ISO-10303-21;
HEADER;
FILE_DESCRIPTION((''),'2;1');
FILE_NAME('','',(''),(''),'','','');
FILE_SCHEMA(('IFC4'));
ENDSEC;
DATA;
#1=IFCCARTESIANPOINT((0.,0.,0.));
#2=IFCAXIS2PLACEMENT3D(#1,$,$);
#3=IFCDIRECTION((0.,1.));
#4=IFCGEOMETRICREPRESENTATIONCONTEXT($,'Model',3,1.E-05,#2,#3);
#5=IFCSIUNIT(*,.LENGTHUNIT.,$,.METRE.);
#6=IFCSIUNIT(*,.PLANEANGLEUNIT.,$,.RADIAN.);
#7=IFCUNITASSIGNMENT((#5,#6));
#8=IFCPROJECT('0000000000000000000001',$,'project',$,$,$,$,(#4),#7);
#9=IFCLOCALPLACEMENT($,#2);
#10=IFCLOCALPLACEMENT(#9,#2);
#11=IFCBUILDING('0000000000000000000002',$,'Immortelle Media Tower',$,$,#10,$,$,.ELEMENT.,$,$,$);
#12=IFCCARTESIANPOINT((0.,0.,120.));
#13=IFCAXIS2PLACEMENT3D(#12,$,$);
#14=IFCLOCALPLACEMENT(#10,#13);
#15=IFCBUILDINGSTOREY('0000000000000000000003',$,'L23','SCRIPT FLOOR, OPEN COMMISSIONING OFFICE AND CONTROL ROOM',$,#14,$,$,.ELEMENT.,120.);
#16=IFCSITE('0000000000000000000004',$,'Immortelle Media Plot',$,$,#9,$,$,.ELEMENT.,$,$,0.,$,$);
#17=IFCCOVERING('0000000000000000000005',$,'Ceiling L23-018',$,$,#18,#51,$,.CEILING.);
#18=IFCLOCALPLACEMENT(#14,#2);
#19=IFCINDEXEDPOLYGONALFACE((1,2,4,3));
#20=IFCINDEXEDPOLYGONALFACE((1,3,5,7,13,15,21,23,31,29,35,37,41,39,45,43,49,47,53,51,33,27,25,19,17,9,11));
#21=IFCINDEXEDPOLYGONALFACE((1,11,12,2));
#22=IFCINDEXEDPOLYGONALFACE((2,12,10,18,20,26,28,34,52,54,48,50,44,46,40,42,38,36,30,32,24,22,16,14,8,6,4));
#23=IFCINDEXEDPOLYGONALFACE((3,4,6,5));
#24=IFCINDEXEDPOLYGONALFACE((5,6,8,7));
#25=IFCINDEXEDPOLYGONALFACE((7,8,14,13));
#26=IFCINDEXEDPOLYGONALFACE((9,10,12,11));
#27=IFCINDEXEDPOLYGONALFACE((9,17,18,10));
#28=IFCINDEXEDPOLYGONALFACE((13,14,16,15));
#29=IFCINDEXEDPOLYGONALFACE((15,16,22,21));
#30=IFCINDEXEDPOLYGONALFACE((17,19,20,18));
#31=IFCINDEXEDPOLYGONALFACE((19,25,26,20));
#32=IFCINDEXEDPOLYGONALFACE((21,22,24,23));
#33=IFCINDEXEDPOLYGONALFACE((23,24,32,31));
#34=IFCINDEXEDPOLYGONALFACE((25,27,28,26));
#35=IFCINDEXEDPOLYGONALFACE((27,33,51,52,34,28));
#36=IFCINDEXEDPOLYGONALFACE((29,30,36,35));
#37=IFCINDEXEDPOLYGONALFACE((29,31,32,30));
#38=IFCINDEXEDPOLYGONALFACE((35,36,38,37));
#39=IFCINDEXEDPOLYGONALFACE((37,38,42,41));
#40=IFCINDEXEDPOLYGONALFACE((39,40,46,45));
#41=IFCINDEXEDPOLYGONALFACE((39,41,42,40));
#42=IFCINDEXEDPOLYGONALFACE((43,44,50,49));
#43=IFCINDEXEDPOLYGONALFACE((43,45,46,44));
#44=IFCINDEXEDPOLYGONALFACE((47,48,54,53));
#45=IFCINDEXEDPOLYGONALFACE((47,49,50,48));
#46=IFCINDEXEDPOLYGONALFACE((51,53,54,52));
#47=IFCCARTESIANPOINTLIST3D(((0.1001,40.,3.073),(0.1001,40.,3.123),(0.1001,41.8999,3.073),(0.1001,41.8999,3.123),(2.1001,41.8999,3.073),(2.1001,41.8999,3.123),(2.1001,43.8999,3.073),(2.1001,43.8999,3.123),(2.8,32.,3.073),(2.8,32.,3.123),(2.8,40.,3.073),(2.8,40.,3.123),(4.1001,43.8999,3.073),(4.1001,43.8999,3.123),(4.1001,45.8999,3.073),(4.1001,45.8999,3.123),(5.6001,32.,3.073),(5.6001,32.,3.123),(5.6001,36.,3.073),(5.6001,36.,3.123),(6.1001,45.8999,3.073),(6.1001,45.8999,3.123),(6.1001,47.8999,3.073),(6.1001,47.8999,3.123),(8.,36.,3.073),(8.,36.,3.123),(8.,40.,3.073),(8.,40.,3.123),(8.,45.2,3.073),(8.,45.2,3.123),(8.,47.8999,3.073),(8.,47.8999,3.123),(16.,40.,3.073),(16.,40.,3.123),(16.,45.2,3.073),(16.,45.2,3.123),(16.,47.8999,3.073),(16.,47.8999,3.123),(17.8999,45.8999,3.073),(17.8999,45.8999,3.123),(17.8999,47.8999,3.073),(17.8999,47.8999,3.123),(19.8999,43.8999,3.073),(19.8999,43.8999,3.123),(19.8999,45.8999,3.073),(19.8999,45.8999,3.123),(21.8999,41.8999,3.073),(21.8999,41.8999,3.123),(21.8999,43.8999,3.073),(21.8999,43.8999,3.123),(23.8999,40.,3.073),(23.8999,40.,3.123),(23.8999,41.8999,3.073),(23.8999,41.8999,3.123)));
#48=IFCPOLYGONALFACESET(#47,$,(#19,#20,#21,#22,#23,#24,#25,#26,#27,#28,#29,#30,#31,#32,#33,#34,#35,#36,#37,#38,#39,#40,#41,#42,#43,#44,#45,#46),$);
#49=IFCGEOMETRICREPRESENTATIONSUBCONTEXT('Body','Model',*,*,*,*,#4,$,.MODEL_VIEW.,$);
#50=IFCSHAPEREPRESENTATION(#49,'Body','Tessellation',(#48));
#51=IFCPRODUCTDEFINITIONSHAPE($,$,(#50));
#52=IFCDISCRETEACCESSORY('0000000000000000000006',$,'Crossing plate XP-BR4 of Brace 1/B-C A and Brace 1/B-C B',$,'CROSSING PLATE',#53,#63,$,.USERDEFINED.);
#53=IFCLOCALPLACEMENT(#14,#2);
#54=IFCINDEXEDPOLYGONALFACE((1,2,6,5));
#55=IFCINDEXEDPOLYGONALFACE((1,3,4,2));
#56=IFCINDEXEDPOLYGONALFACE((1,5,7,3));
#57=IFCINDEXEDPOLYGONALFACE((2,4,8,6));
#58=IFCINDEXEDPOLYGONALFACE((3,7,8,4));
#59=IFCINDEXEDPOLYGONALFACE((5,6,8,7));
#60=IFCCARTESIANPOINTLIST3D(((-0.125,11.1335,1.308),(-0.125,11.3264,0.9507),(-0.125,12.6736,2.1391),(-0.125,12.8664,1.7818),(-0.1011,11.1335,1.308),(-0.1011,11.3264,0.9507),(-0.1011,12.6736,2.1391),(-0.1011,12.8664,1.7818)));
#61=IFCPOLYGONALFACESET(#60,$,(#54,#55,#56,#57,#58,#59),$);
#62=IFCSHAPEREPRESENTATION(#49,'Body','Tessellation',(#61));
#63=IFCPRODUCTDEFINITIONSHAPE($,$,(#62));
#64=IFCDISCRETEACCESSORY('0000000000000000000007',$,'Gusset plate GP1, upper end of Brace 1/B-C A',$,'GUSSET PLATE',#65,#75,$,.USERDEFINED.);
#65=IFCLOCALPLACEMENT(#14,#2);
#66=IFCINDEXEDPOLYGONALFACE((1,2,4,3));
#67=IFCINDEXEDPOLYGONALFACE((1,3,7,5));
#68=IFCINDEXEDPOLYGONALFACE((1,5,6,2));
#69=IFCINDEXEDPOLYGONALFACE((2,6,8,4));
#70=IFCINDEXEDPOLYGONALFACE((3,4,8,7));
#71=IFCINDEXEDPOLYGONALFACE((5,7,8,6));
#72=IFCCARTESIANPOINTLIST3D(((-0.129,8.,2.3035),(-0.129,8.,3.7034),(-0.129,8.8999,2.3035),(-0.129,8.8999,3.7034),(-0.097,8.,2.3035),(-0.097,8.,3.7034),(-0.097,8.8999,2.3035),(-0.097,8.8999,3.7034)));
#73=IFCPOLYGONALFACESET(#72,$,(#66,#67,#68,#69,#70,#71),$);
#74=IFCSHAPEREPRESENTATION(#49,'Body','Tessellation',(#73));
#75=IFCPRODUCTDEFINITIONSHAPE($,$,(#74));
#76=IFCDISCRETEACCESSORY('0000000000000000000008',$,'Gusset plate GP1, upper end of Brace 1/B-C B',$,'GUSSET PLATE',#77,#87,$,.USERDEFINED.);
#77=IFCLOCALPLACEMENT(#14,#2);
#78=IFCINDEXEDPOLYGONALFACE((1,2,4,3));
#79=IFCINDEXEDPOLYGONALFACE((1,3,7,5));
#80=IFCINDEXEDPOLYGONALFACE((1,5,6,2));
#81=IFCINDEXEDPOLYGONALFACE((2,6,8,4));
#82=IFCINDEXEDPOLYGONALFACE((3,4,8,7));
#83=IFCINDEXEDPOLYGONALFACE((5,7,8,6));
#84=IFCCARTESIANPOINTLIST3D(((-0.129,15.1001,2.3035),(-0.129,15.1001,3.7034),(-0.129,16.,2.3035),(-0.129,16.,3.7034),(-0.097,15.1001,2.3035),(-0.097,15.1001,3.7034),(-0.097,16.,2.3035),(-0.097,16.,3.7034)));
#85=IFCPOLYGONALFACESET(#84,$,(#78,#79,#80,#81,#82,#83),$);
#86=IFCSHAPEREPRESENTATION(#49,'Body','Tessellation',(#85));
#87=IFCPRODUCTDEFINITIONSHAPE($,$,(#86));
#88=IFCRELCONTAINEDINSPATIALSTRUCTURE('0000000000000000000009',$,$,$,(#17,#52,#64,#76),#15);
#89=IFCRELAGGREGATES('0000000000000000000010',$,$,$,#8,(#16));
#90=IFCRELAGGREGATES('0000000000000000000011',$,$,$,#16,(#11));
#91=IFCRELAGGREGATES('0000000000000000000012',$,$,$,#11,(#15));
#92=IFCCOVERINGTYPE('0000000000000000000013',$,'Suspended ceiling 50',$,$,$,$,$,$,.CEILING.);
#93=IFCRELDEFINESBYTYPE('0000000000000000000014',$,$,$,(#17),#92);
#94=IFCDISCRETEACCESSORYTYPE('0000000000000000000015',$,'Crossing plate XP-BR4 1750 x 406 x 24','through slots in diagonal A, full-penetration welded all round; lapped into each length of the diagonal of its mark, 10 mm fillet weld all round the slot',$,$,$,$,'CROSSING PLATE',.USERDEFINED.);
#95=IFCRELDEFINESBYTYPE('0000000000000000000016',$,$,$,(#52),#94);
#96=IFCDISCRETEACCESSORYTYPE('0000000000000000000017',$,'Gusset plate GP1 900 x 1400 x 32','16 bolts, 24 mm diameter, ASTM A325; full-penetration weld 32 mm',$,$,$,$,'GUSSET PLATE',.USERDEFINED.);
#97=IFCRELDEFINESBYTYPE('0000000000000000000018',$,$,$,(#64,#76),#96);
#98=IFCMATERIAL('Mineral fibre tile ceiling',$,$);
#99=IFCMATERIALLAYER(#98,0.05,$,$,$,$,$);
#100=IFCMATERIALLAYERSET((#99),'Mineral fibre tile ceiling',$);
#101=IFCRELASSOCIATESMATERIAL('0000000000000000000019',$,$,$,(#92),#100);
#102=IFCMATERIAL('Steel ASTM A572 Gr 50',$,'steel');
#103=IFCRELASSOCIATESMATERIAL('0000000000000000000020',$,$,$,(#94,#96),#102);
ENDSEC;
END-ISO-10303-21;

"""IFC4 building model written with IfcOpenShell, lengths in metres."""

from ifc_helpers import new_model, si_unit, direction, frame, origin, origin_2d, place, context, subcontext, project, spatial, polyline, rectangle, outline, extrude, material, layer, layer_set, material_profile, profile_set, type_object, element, save


model = new_model("IFC4")

# Units and contexts
model_context = context("Model", 3, precision=1e-05, world=origin(), true_north=direction((0.0, 1.0)))
body_context = subcontext(model_context, "Body", "Model", "MODEL_VIEW")
ifc_project = project(units=[si_unit("LENGTHUNIT", "METRE"), si_unit("PLANEANGLEUNIT", "RADIAN")], contexts=[model_context])

# Site, building, storey
site_placement = place(None, origin())
site = spatial("IfcSite", under=ifc_project, at=site_placement, Name="Immortelle Media Plot", CompositionType="ELEMENT", RefElevation=0.0)
building_placement = place(site_placement, origin())
building = spatial("IfcBuilding", under=site, at=building_placement, Name="Immortelle Media Tower", CompositionType="ELEMENT")
storey_placement = place(building_placement, frame((0.0, 0.0, 120.0)))
storey = spatial("IfcBuildingStorey", under=building, at=storey_placement, Name="L23", Description="SCRIPT FLOOR, OPEN COMMISSIONING OFFICE AND CONTROL ROOM", CompositionType="ELEMENT", Elevation=120.0)

# Covering
ifc_material_1 = material(Name="Mineral fibre tile ceiling")
ifc_layer_1 = layer(ifc_material_1, 0.05)
ifc_layer_set_1 = layer_set([ifc_layer_1], Name="Mineral fibre tile ceiling")
covering_type = type_object("IfcCoveringType", Name="Suspended ceiling 50", PredefinedType="CEILING", material=ifc_layer_set_1)
covering_1_placement = place(storey_placement, frame((0.0, 0.0, 3.073)))
element("IfcCovering", 1, at=covering_1_placement, inside=storey, type_object=covering_type, Name="Ceiling L23-018", PredefinedType="CEILING", context=body_context, shape_type="SweptSolid", body=[
    extrude(outline(polyline([(2.8, 40.0), (0.1001, 40.0), (0.1001, 41.8999), (2.1001, 41.8999), (2.1001, 43.8999), (4.1001, 43.8999), (4.1001, 45.8999), (6.1001, 45.8999), (6.1001, 47.8999), (8.0, 47.8999), (8.0, 45.2), (16.0, 45.2), (16.0, 47.8999), (17.8999, 47.8999), (17.8999, 45.8999), (19.8999, 45.8999), (19.8999, 43.8999), (21.8999, 43.8999), (21.8999, 41.8999), (23.8999, 41.8999), (23.8999, 40.0), (16.0, 40.0), (8.0, 40.0), (8.0, 36.0), (5.6001, 36.0), (5.6001, 32.0), (2.8, 32.0), (2.8, 40.0)])), origin(), (0.0, 0.0, 1.0), 0.05),
])

# Discrete accessories
ifc_material_2 = material(Name="Steel ASTM A572 Gr 50", Category="steel")
ifc_material_profile_1 = material_profile(ifc_material_2, rectangle(XDim=0.0239, YDim=0.406, at=origin_2d()), Name="PL 24 x 406")
ifc_profile_set_1 = profile_set([ifc_material_profile_1], Name="Steel ASTM A572 Gr 50")
discrete_accessory_type_1 = type_object("IfcDiscreteAccessoryType", Name="Crossing plate XP-BR4 1750 x 406 x 24", Description="through slots in diagonal A, full-penetration welded all round; lapped into each length of the diagonal of its mark, 10 mm fillet weld all round the slot", ElementType="CROSSING PLATE", PredefinedType="USERDEFINED", material=ifc_profile_set_1)
discrete_accessory_placement = place(storey_placement, frame((-0.113, 12.77, 1.9604), z_axis=(0.0, -0.880041, -0.474898), x_axis=(1.0, 0.0, 0.0)))
element("IfcDiscreteAccessory", 2, at=discrete_accessory_placement, inside=storey, type_object=discrete_accessory_type_1, Name="Crossing plate XP-BR4 of Brace 1/B-C A and Brace 1/B-C B", ObjectType="CROSSING PLATE", PredefinedType="USERDEFINED", context=body_context, shape_type="SweptSolid", body=[
    extrude(rectangle(XDim=0.0239, YDim=0.406, at=origin_2d()), origin(), (0.0, 0.0, 1.0), 1.75),
])
ifc_material_profile_2 = material_profile(ifc_material_2, rectangle(XDim=0.032, YDim=1.3999, at=origin_2d()), Name="PL 32 x 1400")
ifc_profile_set_2 = profile_set([ifc_material_profile_2], Name="Steel ASTM A572 Gr 50")
discrete_accessory_type_2 = type_object("IfcDiscreteAccessoryType", Name="Gusset plate GP1 900 x 1400 x 32", Description="16 bolts, 24 mm diameter, ASTM A325; full-penetration weld 32 mm", ElementType="GUSSET PLATE", PredefinedType="USERDEFINED", material=ifc_profile_set_2)
for number, where, z_axis, x_axis, name in (
    (3, (-0.113, 8.0, 3.0034), (0.0, 1.0, 0.0), (-1.0, 0.0, 0.0), "Gusset plate GP1, upper end of Brace 1/B-C A"),
    (4, (-0.113, 16.0, 3.0034), (0.0, -1.0, 0.0), (1.0, 0.0, 0.0), "Gusset plate GP1, upper end of Brace 1/B-C B"),
):
    element("IfcDiscreteAccessory", number, at=place(storey_placement, frame(where, z_axis=z_axis, x_axis=x_axis)), inside=storey, type_object=discrete_accessory_type_2, Name=name, ObjectType="GUSSET PLATE", PredefinedType="USERDEFINED", context=body_context, shape_type="SweptSolid", body=[
        extrude(rectangle(XDim=0.032, YDim=1.3999, at=origin_2d()), origin(), (0.0, 0.0, 1.0), 0.8999),
    ])

save(model, "model.ifc")
